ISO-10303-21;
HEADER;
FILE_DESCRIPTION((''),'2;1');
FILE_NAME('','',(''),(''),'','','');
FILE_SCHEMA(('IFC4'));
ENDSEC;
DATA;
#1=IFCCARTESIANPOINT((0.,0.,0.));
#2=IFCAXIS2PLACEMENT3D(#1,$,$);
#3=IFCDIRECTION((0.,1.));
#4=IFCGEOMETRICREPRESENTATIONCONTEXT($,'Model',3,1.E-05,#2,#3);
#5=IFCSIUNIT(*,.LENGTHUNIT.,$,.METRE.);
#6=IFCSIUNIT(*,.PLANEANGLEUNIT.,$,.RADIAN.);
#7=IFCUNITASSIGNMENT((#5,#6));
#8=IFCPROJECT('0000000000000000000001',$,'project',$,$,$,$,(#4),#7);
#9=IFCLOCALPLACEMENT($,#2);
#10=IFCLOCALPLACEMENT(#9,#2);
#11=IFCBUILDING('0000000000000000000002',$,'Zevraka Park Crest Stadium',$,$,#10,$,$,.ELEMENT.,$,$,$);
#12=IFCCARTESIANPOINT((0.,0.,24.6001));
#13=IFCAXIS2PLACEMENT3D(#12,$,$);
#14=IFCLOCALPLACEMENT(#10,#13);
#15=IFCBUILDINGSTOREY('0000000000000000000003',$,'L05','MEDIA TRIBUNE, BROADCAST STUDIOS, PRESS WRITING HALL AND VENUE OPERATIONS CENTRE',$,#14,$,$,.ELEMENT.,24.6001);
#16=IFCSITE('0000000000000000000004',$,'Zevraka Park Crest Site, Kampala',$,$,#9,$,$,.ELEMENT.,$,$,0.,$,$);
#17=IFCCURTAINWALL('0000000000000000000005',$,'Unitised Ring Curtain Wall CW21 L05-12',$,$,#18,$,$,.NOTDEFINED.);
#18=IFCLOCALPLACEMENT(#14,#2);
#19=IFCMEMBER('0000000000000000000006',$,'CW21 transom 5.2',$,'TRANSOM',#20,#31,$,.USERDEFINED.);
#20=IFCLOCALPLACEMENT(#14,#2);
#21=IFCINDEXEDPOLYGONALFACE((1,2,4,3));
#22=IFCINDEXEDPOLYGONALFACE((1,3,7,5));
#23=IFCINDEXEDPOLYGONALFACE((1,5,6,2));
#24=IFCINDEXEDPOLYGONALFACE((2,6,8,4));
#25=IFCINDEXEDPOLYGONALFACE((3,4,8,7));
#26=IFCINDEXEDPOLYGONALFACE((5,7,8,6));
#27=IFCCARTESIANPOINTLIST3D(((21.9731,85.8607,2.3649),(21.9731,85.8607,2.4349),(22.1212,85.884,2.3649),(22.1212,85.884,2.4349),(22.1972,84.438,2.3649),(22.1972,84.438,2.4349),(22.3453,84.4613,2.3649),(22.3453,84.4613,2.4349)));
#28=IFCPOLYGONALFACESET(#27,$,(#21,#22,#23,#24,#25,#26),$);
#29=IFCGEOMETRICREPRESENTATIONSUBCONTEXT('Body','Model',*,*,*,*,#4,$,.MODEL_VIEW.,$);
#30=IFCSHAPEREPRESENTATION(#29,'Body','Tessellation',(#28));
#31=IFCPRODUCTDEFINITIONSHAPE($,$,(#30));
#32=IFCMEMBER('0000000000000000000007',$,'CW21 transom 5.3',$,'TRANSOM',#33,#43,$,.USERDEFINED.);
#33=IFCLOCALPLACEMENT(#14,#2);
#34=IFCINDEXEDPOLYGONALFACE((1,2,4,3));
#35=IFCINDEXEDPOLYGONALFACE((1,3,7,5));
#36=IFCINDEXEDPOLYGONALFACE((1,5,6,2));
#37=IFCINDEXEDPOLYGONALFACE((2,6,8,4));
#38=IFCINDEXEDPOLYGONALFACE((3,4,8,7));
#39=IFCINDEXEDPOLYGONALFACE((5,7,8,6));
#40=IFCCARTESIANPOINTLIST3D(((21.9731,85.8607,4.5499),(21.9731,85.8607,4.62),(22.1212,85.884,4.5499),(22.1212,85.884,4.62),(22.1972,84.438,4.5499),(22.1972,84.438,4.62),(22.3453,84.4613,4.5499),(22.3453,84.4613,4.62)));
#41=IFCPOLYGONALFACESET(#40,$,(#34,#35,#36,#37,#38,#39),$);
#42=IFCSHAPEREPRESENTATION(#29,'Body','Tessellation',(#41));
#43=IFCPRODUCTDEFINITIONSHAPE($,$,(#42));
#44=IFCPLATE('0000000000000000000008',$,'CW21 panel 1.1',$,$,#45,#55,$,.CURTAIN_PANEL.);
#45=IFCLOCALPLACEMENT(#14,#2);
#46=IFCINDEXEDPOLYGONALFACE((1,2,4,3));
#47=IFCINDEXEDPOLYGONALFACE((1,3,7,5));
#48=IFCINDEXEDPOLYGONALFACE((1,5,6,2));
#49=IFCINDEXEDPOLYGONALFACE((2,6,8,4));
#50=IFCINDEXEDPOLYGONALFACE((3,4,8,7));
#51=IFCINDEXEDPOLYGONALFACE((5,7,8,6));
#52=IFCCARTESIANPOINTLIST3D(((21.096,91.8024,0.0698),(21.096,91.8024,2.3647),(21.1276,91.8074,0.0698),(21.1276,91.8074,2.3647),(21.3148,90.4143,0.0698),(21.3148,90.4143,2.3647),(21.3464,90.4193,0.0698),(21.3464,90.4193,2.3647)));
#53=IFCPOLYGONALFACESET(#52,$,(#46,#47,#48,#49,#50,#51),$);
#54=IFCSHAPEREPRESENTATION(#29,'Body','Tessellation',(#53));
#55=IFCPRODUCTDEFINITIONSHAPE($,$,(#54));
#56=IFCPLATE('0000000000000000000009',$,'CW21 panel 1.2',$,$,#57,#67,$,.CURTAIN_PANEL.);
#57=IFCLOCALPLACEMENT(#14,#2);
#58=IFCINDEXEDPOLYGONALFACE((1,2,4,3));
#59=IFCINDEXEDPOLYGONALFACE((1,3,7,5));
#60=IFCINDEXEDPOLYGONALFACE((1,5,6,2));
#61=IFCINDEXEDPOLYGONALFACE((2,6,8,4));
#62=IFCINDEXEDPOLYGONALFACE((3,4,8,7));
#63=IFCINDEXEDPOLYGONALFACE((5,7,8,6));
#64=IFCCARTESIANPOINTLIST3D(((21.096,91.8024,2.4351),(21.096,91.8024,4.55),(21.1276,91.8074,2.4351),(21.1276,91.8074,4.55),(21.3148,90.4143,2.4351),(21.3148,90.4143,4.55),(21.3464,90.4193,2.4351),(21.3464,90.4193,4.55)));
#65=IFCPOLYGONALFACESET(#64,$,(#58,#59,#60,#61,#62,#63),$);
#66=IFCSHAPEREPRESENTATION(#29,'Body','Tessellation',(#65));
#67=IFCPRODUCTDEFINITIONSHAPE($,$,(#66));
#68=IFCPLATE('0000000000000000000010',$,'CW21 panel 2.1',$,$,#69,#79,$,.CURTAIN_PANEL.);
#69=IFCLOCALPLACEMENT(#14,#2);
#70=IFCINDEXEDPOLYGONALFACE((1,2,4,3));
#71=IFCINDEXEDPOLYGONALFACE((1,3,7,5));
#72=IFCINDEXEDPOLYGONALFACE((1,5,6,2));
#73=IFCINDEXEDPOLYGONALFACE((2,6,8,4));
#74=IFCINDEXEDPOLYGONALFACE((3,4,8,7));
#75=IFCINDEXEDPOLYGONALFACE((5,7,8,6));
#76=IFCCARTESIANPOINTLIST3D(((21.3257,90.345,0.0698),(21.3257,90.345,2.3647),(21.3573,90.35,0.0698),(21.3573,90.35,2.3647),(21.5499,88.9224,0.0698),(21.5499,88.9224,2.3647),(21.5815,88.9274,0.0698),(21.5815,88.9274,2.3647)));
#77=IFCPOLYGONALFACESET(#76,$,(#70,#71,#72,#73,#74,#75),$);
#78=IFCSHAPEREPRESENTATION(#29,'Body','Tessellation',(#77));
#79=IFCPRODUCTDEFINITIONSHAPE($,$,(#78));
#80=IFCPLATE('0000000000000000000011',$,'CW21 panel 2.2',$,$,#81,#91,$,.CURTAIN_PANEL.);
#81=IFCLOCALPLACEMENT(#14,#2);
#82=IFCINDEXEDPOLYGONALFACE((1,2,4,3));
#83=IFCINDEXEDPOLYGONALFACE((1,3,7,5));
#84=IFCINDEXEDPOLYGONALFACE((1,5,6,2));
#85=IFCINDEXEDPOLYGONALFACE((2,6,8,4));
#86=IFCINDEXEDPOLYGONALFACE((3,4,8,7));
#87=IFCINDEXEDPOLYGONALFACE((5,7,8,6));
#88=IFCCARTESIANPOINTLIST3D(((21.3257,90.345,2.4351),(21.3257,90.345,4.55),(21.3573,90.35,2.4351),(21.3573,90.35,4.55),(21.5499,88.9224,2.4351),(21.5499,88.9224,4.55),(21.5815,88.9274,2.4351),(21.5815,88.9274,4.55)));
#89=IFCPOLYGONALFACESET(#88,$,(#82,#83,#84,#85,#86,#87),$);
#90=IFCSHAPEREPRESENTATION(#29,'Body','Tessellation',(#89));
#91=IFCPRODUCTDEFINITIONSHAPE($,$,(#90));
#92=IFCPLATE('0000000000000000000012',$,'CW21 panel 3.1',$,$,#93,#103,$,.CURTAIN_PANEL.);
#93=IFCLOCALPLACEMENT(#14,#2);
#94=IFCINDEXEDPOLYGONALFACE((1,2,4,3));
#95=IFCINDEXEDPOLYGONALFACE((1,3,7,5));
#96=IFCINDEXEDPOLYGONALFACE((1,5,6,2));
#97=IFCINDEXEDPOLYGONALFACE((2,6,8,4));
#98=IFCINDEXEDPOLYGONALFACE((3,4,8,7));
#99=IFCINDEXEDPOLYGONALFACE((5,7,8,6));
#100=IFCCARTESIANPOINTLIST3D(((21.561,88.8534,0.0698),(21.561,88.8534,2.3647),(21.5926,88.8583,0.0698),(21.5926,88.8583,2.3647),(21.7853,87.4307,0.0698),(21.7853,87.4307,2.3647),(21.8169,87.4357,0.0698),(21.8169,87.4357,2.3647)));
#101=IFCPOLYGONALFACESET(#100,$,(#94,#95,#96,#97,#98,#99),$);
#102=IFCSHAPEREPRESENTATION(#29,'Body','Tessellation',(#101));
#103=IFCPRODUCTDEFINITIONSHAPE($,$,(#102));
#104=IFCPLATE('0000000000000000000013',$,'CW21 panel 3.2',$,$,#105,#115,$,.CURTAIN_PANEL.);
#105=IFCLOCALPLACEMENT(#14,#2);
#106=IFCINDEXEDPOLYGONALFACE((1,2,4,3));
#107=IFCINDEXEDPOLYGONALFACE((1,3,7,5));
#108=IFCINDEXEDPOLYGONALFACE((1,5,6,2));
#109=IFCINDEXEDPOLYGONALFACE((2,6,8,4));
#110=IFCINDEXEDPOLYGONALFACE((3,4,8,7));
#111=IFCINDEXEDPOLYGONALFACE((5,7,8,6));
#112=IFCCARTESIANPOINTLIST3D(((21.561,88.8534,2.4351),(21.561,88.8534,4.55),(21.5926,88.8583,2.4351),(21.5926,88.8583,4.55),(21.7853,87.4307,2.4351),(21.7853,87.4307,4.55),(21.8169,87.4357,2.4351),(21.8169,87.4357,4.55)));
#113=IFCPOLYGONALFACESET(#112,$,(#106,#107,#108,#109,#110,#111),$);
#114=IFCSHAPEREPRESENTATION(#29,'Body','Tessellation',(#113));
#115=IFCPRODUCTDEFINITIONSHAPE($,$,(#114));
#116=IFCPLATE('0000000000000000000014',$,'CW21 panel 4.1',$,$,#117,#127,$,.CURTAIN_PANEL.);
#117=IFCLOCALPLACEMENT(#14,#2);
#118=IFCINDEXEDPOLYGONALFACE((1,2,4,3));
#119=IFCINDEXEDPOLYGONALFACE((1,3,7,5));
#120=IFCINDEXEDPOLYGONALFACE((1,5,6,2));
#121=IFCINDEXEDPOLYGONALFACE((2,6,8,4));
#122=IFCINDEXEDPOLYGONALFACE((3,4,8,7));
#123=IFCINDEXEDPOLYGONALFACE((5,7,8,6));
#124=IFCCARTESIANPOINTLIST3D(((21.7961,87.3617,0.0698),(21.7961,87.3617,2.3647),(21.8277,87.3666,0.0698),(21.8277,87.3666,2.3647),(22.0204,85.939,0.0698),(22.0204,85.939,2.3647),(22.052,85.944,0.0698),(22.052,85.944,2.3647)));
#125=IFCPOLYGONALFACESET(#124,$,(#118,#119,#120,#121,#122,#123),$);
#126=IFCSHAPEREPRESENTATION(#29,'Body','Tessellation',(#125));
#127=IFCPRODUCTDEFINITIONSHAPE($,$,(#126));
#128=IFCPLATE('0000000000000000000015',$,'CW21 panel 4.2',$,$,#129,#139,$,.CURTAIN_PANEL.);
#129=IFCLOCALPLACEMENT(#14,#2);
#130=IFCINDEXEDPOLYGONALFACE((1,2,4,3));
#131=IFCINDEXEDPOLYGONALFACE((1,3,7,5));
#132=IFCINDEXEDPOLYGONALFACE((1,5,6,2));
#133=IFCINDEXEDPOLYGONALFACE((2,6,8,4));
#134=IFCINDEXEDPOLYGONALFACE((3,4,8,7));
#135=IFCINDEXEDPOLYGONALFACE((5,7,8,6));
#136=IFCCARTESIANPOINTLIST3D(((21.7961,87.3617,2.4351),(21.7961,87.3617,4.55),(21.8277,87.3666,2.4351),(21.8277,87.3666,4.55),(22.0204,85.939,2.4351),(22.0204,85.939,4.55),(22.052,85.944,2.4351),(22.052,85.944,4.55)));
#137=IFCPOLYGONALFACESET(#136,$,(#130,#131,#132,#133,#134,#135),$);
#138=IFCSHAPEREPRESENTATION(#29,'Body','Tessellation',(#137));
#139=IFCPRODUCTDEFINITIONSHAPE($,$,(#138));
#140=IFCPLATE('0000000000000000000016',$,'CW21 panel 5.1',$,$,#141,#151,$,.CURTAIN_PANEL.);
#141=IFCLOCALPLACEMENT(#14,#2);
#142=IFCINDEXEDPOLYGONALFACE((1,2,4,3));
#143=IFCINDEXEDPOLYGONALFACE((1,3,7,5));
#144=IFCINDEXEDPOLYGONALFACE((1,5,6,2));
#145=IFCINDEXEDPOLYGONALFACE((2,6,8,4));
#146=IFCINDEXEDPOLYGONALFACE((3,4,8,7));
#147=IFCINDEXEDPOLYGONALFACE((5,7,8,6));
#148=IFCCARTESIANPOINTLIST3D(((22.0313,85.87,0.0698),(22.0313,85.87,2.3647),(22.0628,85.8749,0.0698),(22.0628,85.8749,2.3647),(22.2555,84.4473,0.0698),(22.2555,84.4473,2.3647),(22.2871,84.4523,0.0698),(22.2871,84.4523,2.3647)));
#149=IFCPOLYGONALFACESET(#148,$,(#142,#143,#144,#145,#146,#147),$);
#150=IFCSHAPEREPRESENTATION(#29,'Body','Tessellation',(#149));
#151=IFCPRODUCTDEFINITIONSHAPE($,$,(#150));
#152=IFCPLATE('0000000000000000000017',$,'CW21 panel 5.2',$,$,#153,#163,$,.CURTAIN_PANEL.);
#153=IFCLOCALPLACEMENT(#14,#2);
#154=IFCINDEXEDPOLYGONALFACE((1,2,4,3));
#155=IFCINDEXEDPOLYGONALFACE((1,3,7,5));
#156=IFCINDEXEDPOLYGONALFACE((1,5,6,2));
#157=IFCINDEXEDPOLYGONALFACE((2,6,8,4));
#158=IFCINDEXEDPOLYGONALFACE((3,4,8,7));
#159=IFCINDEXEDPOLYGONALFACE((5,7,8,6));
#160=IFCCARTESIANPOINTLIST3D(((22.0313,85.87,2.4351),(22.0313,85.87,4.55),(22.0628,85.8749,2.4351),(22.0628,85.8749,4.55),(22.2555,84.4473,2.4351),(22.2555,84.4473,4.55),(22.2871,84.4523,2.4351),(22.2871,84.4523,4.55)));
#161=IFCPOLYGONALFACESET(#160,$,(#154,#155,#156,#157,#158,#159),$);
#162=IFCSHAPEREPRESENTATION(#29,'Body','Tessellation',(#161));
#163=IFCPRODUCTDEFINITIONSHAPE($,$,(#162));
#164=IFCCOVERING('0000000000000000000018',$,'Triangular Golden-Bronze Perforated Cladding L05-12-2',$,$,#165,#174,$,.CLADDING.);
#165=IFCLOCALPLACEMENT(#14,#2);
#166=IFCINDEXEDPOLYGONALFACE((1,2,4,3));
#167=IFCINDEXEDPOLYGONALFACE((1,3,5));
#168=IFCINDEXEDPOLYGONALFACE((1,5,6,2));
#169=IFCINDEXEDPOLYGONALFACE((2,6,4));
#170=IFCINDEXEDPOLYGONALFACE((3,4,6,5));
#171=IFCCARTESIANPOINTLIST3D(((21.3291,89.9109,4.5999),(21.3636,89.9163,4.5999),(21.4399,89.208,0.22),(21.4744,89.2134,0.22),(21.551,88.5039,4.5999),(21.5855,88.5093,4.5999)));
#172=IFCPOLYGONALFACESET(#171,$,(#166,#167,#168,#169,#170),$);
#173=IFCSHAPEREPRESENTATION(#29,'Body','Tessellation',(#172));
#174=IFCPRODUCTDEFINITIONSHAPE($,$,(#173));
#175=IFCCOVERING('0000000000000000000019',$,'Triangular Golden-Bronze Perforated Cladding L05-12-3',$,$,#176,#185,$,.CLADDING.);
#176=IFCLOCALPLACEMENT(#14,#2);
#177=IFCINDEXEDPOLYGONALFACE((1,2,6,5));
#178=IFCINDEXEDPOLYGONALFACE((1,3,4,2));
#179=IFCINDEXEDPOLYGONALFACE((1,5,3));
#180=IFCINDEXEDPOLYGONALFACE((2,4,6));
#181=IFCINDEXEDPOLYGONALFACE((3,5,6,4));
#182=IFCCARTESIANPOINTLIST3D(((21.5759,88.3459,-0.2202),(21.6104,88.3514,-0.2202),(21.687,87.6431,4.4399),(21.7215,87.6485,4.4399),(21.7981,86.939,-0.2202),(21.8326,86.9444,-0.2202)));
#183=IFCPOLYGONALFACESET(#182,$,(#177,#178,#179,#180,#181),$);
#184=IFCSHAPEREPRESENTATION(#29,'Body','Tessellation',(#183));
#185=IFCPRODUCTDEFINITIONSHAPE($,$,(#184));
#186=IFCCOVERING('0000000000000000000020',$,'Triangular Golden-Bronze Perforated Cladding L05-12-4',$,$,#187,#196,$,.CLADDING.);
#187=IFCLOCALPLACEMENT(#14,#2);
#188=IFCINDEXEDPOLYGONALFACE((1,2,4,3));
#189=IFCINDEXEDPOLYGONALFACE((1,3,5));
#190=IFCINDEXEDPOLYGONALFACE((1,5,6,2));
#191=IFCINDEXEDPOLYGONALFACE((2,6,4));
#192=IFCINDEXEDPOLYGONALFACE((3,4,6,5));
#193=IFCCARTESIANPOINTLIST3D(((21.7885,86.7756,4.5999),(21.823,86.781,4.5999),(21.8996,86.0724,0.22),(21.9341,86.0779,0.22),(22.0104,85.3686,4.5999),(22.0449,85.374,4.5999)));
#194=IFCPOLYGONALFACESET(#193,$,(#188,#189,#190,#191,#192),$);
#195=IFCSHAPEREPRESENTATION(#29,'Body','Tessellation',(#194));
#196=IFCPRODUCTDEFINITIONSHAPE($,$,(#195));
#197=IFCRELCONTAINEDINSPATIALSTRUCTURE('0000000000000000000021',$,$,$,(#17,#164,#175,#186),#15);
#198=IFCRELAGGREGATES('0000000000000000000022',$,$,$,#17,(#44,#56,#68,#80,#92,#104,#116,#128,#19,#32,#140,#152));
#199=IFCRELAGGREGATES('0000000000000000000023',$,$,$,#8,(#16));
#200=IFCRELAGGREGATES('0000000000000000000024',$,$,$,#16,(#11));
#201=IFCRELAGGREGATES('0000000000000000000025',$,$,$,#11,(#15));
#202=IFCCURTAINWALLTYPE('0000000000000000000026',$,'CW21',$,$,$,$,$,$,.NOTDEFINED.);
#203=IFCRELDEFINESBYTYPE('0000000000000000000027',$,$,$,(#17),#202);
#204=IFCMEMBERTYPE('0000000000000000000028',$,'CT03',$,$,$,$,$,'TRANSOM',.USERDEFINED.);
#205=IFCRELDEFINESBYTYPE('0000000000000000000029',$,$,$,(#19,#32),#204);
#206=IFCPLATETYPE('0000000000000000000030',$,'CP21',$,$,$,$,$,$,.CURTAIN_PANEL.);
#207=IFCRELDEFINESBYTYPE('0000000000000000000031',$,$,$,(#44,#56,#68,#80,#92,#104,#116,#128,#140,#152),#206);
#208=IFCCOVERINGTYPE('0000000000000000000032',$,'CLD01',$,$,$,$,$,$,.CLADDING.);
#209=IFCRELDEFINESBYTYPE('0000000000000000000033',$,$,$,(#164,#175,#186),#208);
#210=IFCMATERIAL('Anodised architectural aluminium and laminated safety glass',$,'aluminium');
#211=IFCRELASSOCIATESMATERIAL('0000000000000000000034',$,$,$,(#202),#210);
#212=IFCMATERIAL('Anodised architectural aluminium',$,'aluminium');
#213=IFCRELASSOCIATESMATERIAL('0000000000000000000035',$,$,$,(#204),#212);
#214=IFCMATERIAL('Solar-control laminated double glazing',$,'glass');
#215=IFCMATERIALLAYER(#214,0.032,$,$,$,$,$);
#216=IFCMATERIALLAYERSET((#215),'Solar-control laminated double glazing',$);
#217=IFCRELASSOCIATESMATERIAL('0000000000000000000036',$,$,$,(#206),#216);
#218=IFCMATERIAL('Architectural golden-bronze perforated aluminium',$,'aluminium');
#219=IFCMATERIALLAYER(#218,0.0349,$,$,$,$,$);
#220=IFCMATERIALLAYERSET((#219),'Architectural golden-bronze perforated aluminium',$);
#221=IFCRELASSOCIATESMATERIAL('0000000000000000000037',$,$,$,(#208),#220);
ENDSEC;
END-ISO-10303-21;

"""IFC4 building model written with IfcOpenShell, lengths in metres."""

from ifc_helpers import new_model, si_unit, direction, frame, origin, origin_2d, place, context, subcontext, project, spatial, polyline, rectangle, outline, extrude, material, layer, layer_set, material_profile, profile_set, type_object, element, aggregate, save


model = new_model("IFC4")

# Units and contexts
model_context = context("Model", 3, precision=1e-05, world=origin(), true_north=direction((0.0, 1.0)))
body_context = subcontext(model_context, "Body", "Model", "MODEL_VIEW")
ifc_project = project(units=[si_unit("LENGTHUNIT", "METRE"), si_unit("PLANEANGLEUNIT", "RADIAN")], contexts=[model_context])

# Site, building, storey
site_placement = place(None, origin())
site = spatial("IfcSite", under=ifc_project, at=site_placement, Name="Zevraka Park Crest Site, Kampala", CompositionType="ELEMENT", RefElevation=0.0)
building_placement = place(site_placement, origin())
building = spatial("IfcBuilding", under=site, at=building_placement, Name="Zevraka Park Crest Stadium", CompositionType="ELEMENT")
storey_placement = place(building_placement, frame((0.0, 0.0, 24.6001)))
storey = spatial("IfcBuildingStorey", under=building, at=storey_placement, Name="L05", Description="MEDIA TRIBUNE, BROADCAST STUDIOS, PRESS WRITING HALL AND VENUE OPERATIONS CENTRE", CompositionType="ELEMENT", Elevation=24.6001)

# Curtain wall, members, plates
ifc_material_1 = material(Name="Anodised architectural aluminium and laminated safety glass", Category="aluminium")
curtain_wall_type = type_object("IfcCurtainWallType", Name="CW21", PredefinedType="NOTDEFINED", material=ifc_material_1)
curtain_wall_placement = place(storey_placement, origin())
curtain_wall = element("IfcCurtainWall", 1, at=curtain_wall_placement, inside=storey, type_object=curtain_wall_type, Name="Unitised Ring Curtain Wall CW21 L05-12", PredefinedType="NOTDEFINED")
ifc_material_2 = material(Name="Anodised architectural aluminium", Category="aluminium")
ifc_material_profile_1 = material_profile(ifc_material_2, rectangle(XDim=0.1499, YDim=0.0701, at=origin_2d()), Name="ALU TRANSOM 150x70")
ifc_profile_set_1 = profile_set([ifc_material_profile_1], Name="Anodised architectural aluminium")
member_type_1 = type_object("IfcMemberType", Name="CT03", ElementType="TRANSOM", PredefinedType="USERDEFINED", material=ifc_profile_set_1)
member_1_placement = place(storey_placement, frame((22.0471, 85.8723, 2.3999), z_axis=(0.155623, -0.987817, 0.0), x_axis=(0.987817, 0.155623, 0.0)))
member_1 = element("IfcMember", 2, at=member_1_placement, type_object=member_type_1, Name="CW21 transom 5.2", ObjectType="TRANSOM", PredefinedType="USERDEFINED", context=body_context, shape_type="SweptSolid", body=[
    extrude(rectangle(XDim=0.1499, YDim=0.0701, at=origin_2d()), origin(), (0.0, 0.0, 1.0), 1.4402),
])
member_2_placement = place(storey_placement, frame((22.0471, 85.8723, 4.585), z_axis=(0.155623, -0.987817, 0.0), x_axis=(0.987817, 0.155623, 0.0)))
member_2 = element("IfcMember", 3, at=member_2_placement, type_object=member_type_1, Name="CW21 transom 5.3", ObjectType="TRANSOM", PredefinedType="USERDEFINED", context=body_context, shape_type="SweptSolid", body=[
    extrude(rectangle(XDim=0.1499, YDim=0.0701, at=origin_2d()), origin(), (0.0, 0.0, 1.0), 1.4402),
])
ifc_material_3 = material(Name="Solar-control laminated double glazing", Category="glass")
ifc_layer_1 = layer(ifc_material_3, 0.032)
ifc_layer_set_1 = layer_set([ifc_layer_1], Name="Solar-control laminated double glazing")
plate_type = type_object("IfcPlateType", Name="CP21", PredefinedType="CURTAIN_PANEL", material=ifc_layer_set_1)
plate_1_placement = place(storey_placement, frame((21.2212, 91.1108, 0.0698), z_axis=(0.0, 0.0, 1.0), x_axis=(0.155711, -0.987803, 0.0)))
plate_1 = element("IfcPlate", 4, at=plate_1_placement, type_object=plate_type, Name="CW21 panel 1.1", PredefinedType="CURTAIN_PANEL", context=body_context, shape_type="SweptSolid", body=[
    extrude(rectangle(XDim=1.4053, YDim=0.032, at=origin_2d()), origin(), (0.0, 0.0, 1.0), 2.2949),
])
plate_2_placement = place(storey_placement, frame((21.2212, 91.1108, 2.4351), z_axis=(0.0, 0.0, 1.0), x_axis=(0.155711, -0.987803, 0.0)))
plate_2 = element("IfcPlate", 5, at=plate_2_placement, type_object=plate_type, Name="CW21 panel 1.2", PredefinedType="CURTAIN_PANEL", context=body_context, shape_type="SweptSolid", body=[
    extrude(rectangle(XDim=1.4053, YDim=0.032, at=origin_2d()), origin(), (0.0, 0.0, 1.0), 2.115),
])
plate_3_placement = place(storey_placement, frame((21.4536, 89.6362, 0.0698), z_axis=(0.0, 0.0, 1.0), x_axis=(0.155711, -0.987803, 0.0)))
plate_3 = element("IfcPlate", 6, at=plate_3_placement, type_object=plate_type, Name="CW21 panel 2.1", PredefinedType="CURTAIN_PANEL", context=body_context, shape_type="SweptSolid", body=[
    extrude(rectangle(XDim=1.4402, YDim=0.032, at=origin_2d()), origin(), (0.0, 0.0, 1.0), 2.2949),
])
plate_4_placement = place(storey_placement, frame((21.4536, 89.6362, 2.4351), z_axis=(0.0, 0.0, 1.0), x_axis=(0.155711, -0.987803, 0.0)))
plate_4 = element("IfcPlate", 7, at=plate_4_placement, type_object=plate_type, Name="CW21 panel 2.2", PredefinedType="CURTAIN_PANEL", context=body_context, shape_type="SweptSolid", body=[
    extrude(rectangle(XDim=1.4402, YDim=0.032, at=origin_2d()), origin(), (0.0, 0.0, 1.0), 2.115),
])
plate_5_placement = place(storey_placement, frame((21.689, 88.1445, 0.0698), z_axis=(0.0, 0.0, 1.0), x_axis=(0.155711, -0.987803, 0.0)))
plate_5 = element("IfcPlate", 8, at=plate_5_placement, type_object=plate_type, Name="CW21 panel 3.1", PredefinedType="CURTAIN_PANEL", context=body_context, shape_type="SweptSolid", body=[
    extrude(rectangle(XDim=1.4402, YDim=0.032, at=origin_2d()), origin(), (0.0, 0.0, 1.0), 2.2949),
])
plate_6_placement = place(storey_placement, frame((21.689, 88.1445, 2.4351), z_axis=(0.0, 0.0, 1.0), x_axis=(0.155711, -0.987803, 0.0)))
plate_6 = element("IfcPlate", 9, at=plate_6_placement, type_object=plate_type, Name="CW21 panel 3.2", PredefinedType="CURTAIN_PANEL", context=body_context, shape_type="SweptSolid", body=[
    extrude(rectangle(XDim=1.4402, YDim=0.032, at=origin_2d()), origin(), (0.0, 0.0, 1.0), 2.115),
])
plate_7_placement = place(storey_placement, frame((21.9241, 86.6528, 0.0698), z_axis=(0.0, 0.0, 1.0), x_axis=(0.155711, -0.987803, 0.0)))
plate_7 = element("IfcPlate", 10, at=plate_7_placement, type_object=plate_type, Name="CW21 panel 4.1", PredefinedType="CURTAIN_PANEL", context=body_context, shape_type="SweptSolid", body=[
    extrude(rectangle(XDim=1.4402, YDim=0.032, at=origin_2d()), origin(), (0.0, 0.0, 1.0), 2.2949),
])
plate_8_placement = place(storey_placement, frame((21.9241, 86.6528, 2.4351), z_axis=(0.0, 0.0, 1.0), x_axis=(0.155711, -0.987803, 0.0)))
plate_8 = element("IfcPlate", 11, at=plate_8_placement, type_object=plate_type, Name="CW21 panel 4.2", PredefinedType="CURTAIN_PANEL", context=body_context, shape_type="SweptSolid", body=[
    extrude(rectangle(XDim=1.4402, YDim=0.032, at=origin_2d()), origin(), (0.0, 0.0, 1.0), 2.115),
])
plate_9_placement = place(storey_placement, frame((22.1592, 85.1611, 0.0698), z_axis=(0.0, 0.0, 1.0), x_axis=(0.155711, -0.987803, 0.0)))
plate_9 = element("IfcPlate", 12, at=plate_9_placement, type_object=plate_type, Name="CW21 panel 5.1", PredefinedType="CURTAIN_PANEL", context=body_context, shape_type="SweptSolid", body=[
    extrude(rectangle(XDim=1.4402, YDim=0.032, at=origin_2d()), origin(), (0.0, 0.0, 1.0), 2.2949),
])
plate_10_placement = place(storey_placement, frame((22.1592, 85.1611, 2.4351), z_axis=(0.0, 0.0, 1.0), x_axis=(0.155711, -0.987803, 0.0)))
plate_10 = element("IfcPlate", 13, at=plate_10_placement, type_object=plate_type, Name="CW21 panel 5.2", PredefinedType="CURTAIN_PANEL", context=body_context, shape_type="SweptSolid", body=[
    extrude(rectangle(XDim=1.4402, YDim=0.032, at=origin_2d()), origin(), (0.0, 0.0, 1.0), 2.115),
])
aggregate(curtain_wall, [plate_1, plate_2, plate_3, plate_4, plate_5, plate_6, plate_7, plate_8, member_1, member_2, plate_9, plate_10])

# Coverings
ifc_material_4 = material(Name="Architectural golden-bronze perforated aluminium", Category="aluminium")
ifc_layer_2 = layer(ifc_material_4, 0.0349)
ifc_layer_set_2 = layer_set([ifc_layer_2], Name="Architectural golden-bronze perforated aluminium")
covering_type = type_object("IfcCoveringType", Name="CLD01", PredefinedType="CLADDING", material=ifc_layer_set_2)
covering_1_placement = place(storey_placement, frame((21.551, 88.5039, 4.5999), z_axis=(-0.987788, -0.155804, 0.000006), x_axis=(-0.155804, 0.987788, 0.0)))
element("IfcCovering", 14, at=covering_1_placement, inside=storey, type_object=covering_type, Name="Triangular Golden-Bronze Perforated Cladding L05-12-2", PredefinedType="CLADDING", context=body_context, shape_type="SweptSolid", body=[
    extrude(outline(polyline([(0.0, 0.0), (1.4244, 0.0), (0.7128, 4.3799), (0.0, 0.0)])), origin(), (0.0, 0.0, -1.0), 0.0349),
])
covering_2_placement = place(storey_placement, frame((21.5759, 88.3459, -0.2202), z_axis=(-0.987762, -0.155971, 0.00002), x_axis=(0.155971, -0.987762, 0.0)))
element("IfcCovering", 15, at=covering_2_placement, inside=storey, type_object=covering_type, Name="Triangular Golden-Bronze Perforated Cladding L05-12-3", PredefinedType="CLADDING", context=body_context, shape_type="SweptSolid", body=[
    extrude(outline(polyline([(0.0, 0.0), (1.4244, 0.0), (0.7116, 4.6602), (0.0, 0.0)])), origin(), (0.0, 0.0, -1.0), 0.0349),
])
covering_3_placement = place(storey_placement, frame((22.0449, 85.374, 4.5999), z_axis=(0.987788, 0.155804, 0.000041), x_axis=(-0.155804, 0.987788, 0.0)))
element("IfcCovering", 16, at=covering_3_placement, inside=storey, type_object=covering_type, Name="Triangular Golden-Bronze Perforated Cladding L05-12-4", PredefinedType="CLADDING", context=body_context, shape_type="SweptSolid", body=[
    extrude(outline(polyline([(0.0, 0.0), (1.4244, 0.0), (0.7125, -4.3799), (0.0, 0.0)])), origin(), (0.0, 0.0, -1.0), 0.0349),
])

save(model, "model.ifc")
